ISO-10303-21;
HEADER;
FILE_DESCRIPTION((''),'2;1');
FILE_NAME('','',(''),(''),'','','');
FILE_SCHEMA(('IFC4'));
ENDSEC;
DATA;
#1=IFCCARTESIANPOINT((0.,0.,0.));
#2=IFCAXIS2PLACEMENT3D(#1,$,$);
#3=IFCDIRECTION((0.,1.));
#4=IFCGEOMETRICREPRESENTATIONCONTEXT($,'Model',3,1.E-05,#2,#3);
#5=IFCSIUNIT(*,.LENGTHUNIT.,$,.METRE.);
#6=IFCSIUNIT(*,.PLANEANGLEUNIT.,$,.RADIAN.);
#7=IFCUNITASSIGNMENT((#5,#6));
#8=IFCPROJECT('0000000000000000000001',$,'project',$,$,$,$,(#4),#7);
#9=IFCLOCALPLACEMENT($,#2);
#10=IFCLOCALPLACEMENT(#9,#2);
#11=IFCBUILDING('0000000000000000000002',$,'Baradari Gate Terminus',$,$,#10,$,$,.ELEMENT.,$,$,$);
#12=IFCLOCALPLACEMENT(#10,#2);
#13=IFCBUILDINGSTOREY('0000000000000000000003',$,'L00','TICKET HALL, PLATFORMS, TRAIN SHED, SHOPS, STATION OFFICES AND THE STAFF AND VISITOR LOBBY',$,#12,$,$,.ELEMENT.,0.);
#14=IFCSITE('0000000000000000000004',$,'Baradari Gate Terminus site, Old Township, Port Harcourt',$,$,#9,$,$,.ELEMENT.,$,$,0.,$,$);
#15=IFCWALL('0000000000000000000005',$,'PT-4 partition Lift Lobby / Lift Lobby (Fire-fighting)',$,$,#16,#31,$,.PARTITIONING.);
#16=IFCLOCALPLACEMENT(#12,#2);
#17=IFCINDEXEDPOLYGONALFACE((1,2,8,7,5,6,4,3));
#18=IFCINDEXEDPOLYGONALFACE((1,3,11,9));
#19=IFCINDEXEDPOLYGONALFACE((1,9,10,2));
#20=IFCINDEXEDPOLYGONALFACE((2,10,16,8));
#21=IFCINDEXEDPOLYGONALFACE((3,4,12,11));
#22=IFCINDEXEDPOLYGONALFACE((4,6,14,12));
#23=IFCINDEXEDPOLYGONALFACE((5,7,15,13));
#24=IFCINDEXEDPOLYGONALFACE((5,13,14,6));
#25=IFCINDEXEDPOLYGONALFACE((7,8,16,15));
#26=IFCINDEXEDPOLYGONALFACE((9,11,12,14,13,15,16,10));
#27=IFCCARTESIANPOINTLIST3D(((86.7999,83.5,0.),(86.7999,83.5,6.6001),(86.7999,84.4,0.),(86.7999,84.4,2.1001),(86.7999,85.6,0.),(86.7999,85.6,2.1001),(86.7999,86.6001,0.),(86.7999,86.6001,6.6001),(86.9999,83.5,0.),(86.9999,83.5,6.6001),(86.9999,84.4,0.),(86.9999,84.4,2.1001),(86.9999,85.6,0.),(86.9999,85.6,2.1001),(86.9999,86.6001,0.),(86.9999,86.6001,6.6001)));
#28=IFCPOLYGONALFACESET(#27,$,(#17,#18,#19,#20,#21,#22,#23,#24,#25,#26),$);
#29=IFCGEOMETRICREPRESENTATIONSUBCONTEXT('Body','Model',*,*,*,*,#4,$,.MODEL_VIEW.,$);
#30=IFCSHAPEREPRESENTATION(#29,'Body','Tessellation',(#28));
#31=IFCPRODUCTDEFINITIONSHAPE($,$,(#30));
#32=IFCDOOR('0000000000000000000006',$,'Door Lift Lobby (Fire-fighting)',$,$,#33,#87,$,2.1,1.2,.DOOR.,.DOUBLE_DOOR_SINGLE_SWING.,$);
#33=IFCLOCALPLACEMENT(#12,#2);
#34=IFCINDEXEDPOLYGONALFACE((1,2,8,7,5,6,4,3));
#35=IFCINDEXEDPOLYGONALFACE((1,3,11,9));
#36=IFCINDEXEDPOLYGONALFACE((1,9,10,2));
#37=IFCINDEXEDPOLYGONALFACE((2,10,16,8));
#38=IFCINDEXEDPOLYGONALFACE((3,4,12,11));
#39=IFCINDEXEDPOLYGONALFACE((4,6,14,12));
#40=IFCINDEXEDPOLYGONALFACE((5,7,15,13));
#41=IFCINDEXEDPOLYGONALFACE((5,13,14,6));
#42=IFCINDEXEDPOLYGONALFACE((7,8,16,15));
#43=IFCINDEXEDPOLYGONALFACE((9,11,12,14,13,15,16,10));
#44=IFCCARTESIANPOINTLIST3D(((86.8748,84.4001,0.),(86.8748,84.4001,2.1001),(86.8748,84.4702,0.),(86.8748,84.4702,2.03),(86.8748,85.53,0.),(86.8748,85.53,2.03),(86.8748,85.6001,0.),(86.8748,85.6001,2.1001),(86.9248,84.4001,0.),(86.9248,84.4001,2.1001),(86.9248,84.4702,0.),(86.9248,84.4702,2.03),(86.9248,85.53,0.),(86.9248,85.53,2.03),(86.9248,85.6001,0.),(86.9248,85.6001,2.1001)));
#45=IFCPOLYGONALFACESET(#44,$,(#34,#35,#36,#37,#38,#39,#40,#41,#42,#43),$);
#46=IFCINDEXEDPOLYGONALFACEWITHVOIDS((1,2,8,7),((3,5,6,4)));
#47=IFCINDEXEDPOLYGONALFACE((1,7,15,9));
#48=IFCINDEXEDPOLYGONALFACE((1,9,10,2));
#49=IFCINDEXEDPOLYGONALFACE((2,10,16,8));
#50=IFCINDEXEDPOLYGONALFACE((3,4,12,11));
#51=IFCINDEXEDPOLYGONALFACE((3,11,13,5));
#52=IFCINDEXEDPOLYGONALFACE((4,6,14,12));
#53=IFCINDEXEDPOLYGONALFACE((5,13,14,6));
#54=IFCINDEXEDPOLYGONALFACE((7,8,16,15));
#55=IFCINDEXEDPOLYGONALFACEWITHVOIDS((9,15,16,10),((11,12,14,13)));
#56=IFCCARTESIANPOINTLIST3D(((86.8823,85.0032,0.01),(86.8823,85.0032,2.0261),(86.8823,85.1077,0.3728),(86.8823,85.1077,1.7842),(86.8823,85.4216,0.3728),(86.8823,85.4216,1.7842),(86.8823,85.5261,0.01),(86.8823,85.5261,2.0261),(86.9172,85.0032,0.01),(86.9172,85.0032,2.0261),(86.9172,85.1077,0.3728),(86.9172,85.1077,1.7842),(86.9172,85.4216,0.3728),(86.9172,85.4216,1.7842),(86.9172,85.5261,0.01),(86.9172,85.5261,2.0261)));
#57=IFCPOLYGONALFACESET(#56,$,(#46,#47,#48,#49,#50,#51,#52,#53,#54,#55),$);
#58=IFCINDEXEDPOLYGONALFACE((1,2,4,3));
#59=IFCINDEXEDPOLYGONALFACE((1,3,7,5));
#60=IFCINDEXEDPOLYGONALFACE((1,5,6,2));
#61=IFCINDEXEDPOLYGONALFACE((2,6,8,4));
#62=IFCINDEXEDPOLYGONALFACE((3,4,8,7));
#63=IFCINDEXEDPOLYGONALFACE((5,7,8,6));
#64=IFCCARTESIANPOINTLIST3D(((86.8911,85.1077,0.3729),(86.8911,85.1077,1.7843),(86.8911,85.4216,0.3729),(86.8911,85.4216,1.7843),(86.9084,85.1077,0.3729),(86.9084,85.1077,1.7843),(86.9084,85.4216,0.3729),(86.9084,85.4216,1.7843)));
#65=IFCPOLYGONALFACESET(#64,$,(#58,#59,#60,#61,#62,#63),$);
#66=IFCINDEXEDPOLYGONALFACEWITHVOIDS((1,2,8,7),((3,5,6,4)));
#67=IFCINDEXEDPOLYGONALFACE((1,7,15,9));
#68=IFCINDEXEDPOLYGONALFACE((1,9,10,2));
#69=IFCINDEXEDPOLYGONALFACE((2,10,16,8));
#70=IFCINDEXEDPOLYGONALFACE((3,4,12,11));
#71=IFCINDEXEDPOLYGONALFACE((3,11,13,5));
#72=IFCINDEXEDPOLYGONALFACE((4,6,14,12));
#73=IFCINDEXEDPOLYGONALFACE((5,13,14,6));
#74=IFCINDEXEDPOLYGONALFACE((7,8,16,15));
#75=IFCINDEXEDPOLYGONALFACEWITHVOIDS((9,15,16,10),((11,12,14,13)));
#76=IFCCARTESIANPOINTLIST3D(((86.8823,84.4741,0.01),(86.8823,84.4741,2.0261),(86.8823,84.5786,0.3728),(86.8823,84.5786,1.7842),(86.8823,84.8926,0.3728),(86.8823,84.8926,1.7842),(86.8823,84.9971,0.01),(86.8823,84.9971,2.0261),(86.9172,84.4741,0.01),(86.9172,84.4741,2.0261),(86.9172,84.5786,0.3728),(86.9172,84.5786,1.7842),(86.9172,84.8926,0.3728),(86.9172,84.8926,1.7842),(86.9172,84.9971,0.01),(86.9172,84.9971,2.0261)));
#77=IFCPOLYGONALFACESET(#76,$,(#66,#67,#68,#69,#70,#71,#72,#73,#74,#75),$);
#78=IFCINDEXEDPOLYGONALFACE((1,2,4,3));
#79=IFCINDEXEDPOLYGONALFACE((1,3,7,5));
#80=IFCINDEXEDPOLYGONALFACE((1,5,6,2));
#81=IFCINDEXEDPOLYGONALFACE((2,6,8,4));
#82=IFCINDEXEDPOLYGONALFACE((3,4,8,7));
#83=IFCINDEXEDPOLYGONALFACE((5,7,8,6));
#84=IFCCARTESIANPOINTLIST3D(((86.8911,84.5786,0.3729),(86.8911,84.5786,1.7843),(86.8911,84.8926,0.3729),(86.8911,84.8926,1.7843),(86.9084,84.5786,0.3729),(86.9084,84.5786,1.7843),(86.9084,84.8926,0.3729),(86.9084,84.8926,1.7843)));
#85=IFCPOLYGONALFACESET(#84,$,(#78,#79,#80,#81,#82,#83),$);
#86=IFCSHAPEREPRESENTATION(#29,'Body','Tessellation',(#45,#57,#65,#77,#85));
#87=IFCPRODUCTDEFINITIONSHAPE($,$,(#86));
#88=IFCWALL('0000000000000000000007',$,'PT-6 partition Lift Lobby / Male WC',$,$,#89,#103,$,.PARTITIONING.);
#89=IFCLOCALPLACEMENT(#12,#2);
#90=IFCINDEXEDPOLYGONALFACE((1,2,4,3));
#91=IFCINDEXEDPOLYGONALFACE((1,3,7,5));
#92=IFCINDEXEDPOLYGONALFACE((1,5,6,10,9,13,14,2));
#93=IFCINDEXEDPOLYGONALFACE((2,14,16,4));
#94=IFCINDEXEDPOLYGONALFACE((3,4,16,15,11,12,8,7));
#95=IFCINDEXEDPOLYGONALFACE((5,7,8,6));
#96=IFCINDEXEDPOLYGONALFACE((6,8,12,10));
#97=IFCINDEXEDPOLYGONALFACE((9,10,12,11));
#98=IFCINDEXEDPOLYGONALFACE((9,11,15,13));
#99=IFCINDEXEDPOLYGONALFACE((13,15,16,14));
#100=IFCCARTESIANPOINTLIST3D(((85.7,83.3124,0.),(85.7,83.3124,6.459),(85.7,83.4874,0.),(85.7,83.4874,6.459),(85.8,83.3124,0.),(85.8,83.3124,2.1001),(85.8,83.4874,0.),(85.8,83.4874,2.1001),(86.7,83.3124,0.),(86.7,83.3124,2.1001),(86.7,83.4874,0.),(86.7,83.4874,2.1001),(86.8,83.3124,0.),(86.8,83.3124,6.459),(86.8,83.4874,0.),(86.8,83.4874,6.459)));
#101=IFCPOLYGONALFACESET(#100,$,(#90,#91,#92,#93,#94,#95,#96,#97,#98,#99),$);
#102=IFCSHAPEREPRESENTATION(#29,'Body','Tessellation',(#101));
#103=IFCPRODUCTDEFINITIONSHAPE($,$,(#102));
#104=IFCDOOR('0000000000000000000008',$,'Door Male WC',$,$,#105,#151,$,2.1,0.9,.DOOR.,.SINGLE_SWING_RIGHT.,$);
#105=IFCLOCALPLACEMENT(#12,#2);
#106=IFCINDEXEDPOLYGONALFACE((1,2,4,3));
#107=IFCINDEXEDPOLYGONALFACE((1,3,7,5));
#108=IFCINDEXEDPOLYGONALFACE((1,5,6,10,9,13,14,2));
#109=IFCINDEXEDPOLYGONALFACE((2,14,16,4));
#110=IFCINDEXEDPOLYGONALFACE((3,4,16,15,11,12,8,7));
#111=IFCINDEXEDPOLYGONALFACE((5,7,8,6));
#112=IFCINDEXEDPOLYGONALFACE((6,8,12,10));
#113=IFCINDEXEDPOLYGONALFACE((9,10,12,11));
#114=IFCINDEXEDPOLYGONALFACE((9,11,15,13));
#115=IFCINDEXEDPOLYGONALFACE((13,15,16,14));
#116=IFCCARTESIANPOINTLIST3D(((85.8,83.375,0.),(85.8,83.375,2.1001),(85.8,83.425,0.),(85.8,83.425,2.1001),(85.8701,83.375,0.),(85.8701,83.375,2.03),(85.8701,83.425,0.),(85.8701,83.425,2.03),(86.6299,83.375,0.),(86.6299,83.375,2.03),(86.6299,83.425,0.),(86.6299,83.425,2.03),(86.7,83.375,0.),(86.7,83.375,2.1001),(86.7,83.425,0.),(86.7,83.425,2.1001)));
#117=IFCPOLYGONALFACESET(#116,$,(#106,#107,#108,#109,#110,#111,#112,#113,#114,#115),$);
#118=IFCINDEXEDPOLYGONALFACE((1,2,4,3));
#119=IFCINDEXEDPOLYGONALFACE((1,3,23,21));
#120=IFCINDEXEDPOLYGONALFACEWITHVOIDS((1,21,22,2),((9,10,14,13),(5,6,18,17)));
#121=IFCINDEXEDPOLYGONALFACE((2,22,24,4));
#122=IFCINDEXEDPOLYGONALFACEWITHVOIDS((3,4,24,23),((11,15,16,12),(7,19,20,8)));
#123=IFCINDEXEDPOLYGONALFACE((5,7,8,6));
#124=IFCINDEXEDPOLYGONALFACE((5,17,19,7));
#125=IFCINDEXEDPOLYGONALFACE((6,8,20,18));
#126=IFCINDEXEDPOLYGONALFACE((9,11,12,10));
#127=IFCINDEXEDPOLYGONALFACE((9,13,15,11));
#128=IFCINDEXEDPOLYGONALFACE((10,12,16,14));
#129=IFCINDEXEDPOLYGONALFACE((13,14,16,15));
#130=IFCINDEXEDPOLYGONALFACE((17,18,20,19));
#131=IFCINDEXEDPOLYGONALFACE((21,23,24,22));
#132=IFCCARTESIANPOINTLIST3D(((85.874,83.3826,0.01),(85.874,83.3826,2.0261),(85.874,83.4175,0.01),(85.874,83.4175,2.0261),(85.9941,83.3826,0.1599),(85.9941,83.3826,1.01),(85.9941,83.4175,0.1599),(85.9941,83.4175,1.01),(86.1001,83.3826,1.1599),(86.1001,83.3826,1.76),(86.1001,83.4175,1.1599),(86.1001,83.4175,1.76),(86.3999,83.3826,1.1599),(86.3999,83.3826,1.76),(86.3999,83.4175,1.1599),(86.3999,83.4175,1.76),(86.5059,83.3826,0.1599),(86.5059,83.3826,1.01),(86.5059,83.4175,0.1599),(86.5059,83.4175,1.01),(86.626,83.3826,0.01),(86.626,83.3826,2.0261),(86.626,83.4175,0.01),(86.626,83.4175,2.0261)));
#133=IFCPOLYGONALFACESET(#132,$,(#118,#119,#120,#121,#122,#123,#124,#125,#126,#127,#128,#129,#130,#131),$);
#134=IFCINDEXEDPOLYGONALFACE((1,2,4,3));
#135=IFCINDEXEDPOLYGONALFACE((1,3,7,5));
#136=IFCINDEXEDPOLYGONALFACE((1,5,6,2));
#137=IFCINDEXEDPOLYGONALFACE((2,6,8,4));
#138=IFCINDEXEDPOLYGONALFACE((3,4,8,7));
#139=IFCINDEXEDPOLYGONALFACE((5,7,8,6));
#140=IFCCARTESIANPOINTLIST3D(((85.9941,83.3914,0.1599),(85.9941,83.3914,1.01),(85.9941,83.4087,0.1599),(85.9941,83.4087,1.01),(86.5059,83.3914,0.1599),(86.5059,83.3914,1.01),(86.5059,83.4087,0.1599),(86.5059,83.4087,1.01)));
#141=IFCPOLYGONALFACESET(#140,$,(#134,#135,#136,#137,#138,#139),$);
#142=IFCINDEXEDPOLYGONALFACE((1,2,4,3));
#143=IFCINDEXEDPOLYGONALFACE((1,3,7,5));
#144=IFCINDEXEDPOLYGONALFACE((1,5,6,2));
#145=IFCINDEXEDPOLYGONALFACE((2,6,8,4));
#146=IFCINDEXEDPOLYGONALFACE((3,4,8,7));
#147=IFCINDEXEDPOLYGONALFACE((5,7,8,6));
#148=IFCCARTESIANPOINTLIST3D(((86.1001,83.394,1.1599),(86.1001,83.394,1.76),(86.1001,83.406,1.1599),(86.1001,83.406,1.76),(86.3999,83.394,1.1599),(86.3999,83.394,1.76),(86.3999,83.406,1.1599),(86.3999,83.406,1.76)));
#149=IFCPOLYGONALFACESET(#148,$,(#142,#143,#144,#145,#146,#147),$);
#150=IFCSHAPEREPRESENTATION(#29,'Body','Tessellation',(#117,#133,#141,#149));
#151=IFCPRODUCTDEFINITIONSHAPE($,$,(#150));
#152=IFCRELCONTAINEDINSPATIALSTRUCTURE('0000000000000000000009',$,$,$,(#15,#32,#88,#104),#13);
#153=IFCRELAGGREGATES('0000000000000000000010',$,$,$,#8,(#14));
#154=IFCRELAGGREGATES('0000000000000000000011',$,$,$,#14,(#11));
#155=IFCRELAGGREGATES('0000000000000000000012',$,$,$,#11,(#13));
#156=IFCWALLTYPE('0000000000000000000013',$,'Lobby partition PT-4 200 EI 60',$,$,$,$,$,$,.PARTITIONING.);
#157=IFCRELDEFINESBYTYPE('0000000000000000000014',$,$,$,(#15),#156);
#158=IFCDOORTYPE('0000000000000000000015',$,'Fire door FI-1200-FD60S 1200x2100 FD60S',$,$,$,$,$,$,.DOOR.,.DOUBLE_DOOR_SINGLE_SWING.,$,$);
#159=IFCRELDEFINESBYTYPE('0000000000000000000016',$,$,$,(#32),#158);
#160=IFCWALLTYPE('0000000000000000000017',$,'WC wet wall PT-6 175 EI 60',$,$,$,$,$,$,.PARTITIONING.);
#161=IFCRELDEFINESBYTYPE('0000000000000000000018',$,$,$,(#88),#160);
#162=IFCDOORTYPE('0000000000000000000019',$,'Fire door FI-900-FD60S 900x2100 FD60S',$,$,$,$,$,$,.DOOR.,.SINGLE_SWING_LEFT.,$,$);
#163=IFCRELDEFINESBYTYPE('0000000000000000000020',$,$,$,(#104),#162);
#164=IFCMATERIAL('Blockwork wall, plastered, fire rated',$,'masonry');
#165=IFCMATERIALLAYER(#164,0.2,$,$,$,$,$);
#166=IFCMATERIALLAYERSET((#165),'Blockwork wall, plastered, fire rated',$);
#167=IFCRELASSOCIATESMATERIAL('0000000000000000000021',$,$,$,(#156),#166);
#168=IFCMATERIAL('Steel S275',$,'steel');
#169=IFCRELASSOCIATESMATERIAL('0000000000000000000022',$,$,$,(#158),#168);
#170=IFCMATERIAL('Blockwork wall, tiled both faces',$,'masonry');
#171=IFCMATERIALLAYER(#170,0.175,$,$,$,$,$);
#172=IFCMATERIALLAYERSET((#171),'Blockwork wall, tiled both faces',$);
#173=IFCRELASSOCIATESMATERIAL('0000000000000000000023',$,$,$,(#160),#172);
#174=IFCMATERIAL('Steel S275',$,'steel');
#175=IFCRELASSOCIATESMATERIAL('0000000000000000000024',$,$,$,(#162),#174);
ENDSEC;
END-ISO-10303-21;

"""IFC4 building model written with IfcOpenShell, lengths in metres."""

from ifc_helpers import new_model, si_unit, direction, frame, frame_2d, origin, place, context, subcontext, project, spatial, polyline, rectangle, outline, extrude, material, layer, layer_set, type_object, element, fill, save


model = new_model("IFC4")

# Units and contexts
model_context = context("Model", 3, precision=1e-05, world=origin(), true_north=direction((0.0, 1.0)))
body_context = subcontext(model_context, "Body", "Model", "MODEL_VIEW")
ifc_project = project(units=[si_unit("LENGTHUNIT", "METRE"), si_unit("PLANEANGLEUNIT", "RADIAN")], contexts=[model_context])

# Site, building, storey
site_placement = place(None, origin())
site = spatial("IfcSite", under=ifc_project, at=site_placement, Name="Baradari Gate Terminus site, Old Township, Port Harcourt", CompositionType="ELEMENT", RefElevation=0.0)
building_placement = place(site_placement, origin())
building = spatial("IfcBuilding", under=site, at=building_placement, Name="Baradari Gate Terminus", CompositionType="ELEMENT")
storey_placement = place(building_placement, origin())
storey = spatial("IfcBuildingStorey", under=building, at=storey_placement, Name="L00", Description="TICKET HALL, PLATFORMS, TRAIN SHED, SHOPS, STATION OFFICES AND THE STAFF AND VISITOR LOBBY", CompositionType="ELEMENT", Elevation=0.0)

# Walls, openings, doors
ifc_material_1 = material(Name="Blockwork wall, plastered, fire rated", Category="masonry")
ifc_layer_1 = layer(ifc_material_1, 0.2)
ifc_layer_set_1 = layer_set([ifc_layer_1], Name="Blockwork wall, plastered, fire rated")
wall_type_1 = type_object("IfcWallType", Name="Lobby partition PT-4 200 EI 60", PredefinedType="PARTITIONING", material=ifc_layer_set_1)
wall_1_placement = place(storey_placement, frame((86.8999, 86.6001, 0.0), z_axis=(0.0, 0.0, 1.0), x_axis=(0.0, -1.0, 0.0)))
wall_1 = element("IfcWall", 1, at=wall_1_placement, inside=storey, type_object=wall_type_1, Name="PT-4 partition Lift Lobby / Lift Lobby (Fire-fighting)", PredefinedType="PARTITIONING", context=body_context, shape_type="SweptSolid", body=[
    extrude(rectangle(XDim=3.1001, YDim=0.2, at=frame_2d((1.55, 0.0))), origin(), (0.0, 0.0, 1.0), 6.6001),
])
opening_1_placement = place(wall_1_placement, frame((1.0, 0.0, 0.0)))
opening_1 = element("IfcOpeningElement", 2, at=opening_1_placement, cuts=wall_1, PredefinedType="OPENING", context=body_context, shape_type="SweptSolid", body=[
    extrude(rectangle(XDim=1.2, YDim=2.1001, at=frame_2d((0.6001, 1.05))), frame((0.0, 0.1099, 0.0), z_axis=(0.0, -1.0, 0.0), x_axis=(1.0, 0.0, 0.0)), (0.0, 0.0, 1.0), 0.22),
])
ifc_material_2 = material(Name="Steel S275", Category="steel")
door_type_1 = type_object("IfcDoorType", Name="Fire door FI-1200-FD60S 1200x2100 FD60S", OperationType="DOUBLE_DOOR_SINGLE_SWING", PredefinedType="DOOR", material=ifc_material_2)
door_1_placement = place(opening_1_placement, origin())
door_1 = element("IfcDoor", 3, at=door_1_placement, inside=storey, type_object=door_type_1, Name="Door Lift Lobby (Fire-fighting)", OperationType="DOUBLE_DOOR_SINGLE_SWING", OverallHeight=2.1, OverallWidth=1.2, PredefinedType="DOOR", context=body_context, shape_type="SweptSolid", body=[
    extrude(outline(polyline([(0.0, 0.0), (0.0701, 0.0), (0.0701, 2.03), (1.1299, 2.03), (1.1299, 0.0), (1.2, 0.0), (1.2, 2.1001), (0.0, 2.1001), (0.0, 0.0)])), frame((0.0, 0.0249, 0.0), z_axis=(0.0, -1.0, 0.0), x_axis=(1.0, 0.0, 0.0)), (0.0, 0.0, 1.0), 0.05),
    extrude(outline(polyline([(0.074, 0.01), (0.5969, 0.01), (0.5969, 2.0261), (0.074, 2.0261), (0.074, 0.01)]), holes=[polyline([(0.1785, 0.3728), (0.4924, 0.3728), (0.4924, 1.7842), (0.1785, 1.7842), (0.1785, 0.3728)])]), frame((0.0, 0.0173, 0.0), z_axis=(0.0, -1.0, 0.0), x_axis=(1.0, 0.0, 0.0)), (0.0, 0.0, 1.0), 0.0349),
    extrude(rectangle(XDim=0.314, YDim=1.4114, at=frame_2d((0.3354, 1.0786))), frame((0.0, 0.0085, 0.0), z_axis=(0.0, -1.0, 0.0), x_axis=(1.0, 0.0, 0.0)), (0.0, 0.0, 1.0), 0.0173),
    extrude(outline(polyline([(0.603, 0.01), (1.126, 0.01), (1.126, 2.0261), (0.603, 2.0261), (0.603, 0.01)]), holes=[polyline([(0.7075, 0.3728), (1.0215, 0.3728), (1.0215, 1.7842), (0.7075, 1.7842), (0.7075, 0.3728)])]), frame((0.0, 0.0173, 0.0), z_axis=(0.0, -1.0, 0.0), x_axis=(1.0, 0.0, 0.0)), (0.0, 0.0, 1.0), 0.0349),
    extrude(rectangle(XDim=0.314, YDim=1.4114, at=frame_2d((0.8645, 1.0786))), frame((0.0, 0.0085, 0.0), z_axis=(0.0, -1.0, 0.0), x_axis=(1.0, 0.0, 0.0)), (0.0, 0.0, 1.0), 0.0173),
])
fill(opening_1, door_1)
ifc_material_3 = material(Name="Blockwork wall, tiled both faces", Category="masonry")
ifc_layer_2 = layer(ifc_material_3, 0.175)
ifc_layer_set_2 = layer_set([ifc_layer_2], Name="Blockwork wall, tiled both faces")
wall_type_2 = type_object("IfcWallType", Name="WC wet wall PT-6 175 EI 60", PredefinedType="PARTITIONING", material=ifc_layer_set_2)
wall_2_placement = place(storey_placement, frame((86.8, 83.3999, 0.0), z_axis=(0.0, 0.0, 1.0), x_axis=(-1.0, 0.0, 0.0)))
wall_2 = element("IfcWall", 4, at=wall_2_placement, inside=storey, type_object=wall_type_2, Name="PT-6 partition Lift Lobby / Male WC", PredefinedType="PARTITIONING", context=body_context, shape_type="SweptSolid", body=[
    extrude(rectangle(XDim=1.1001, YDim=0.175, at=frame_2d((0.55, 0.0))), origin(), (0.0, 0.0, 1.0), 6.459),
])
opening_2_placement = place(wall_2_placement, frame((0.1001, 0.0, 0.0)))
opening_2 = element("IfcOpeningElement", 5, at=opening_2_placement, cuts=wall_2, PredefinedType="OPENING", context=body_context, shape_type="SweptSolid", body=[
    extrude(rectangle(XDim=0.8999, YDim=2.1001, at=frame_2d((0.45, 1.05))), frame((0.0, 0.0974, 0.0), z_axis=(0.0, -1.0, 0.0), x_axis=(1.0, 0.0, 0.0)), (0.0, 0.0, 1.0), 0.1951),
])
ifc_material_4 = material(Name="Steel S275", Category="steel")
door_type_2 = type_object("IfcDoorType", Name="Fire door FI-900-FD60S 900x2100 FD60S", OperationType="SINGLE_SWING_LEFT", PredefinedType="DOOR", material=ifc_material_4)
door_2_placement = place(opening_2_placement, origin())
door_2 = element("IfcDoor", 6, at=door_2_placement, inside=storey, type_object=door_type_2, Name="Door Male WC", OperationType="SINGLE_SWING_RIGHT", OverallHeight=2.1, OverallWidth=0.9, PredefinedType="DOOR", context=body_context, shape_type="SweptSolid", body=[
    extrude(outline(polyline([(0.0, 0.0), (0.0701, 0.0), (0.0701, 2.03), (0.8298, 2.03), (0.8298, 0.0), (0.8999, 0.0), (0.8999, 2.1001), (0.0, 2.1001), (0.0, 0.0)])), frame((0.0, 0.0249, 0.0), z_axis=(0.0, -1.0, 0.0), x_axis=(1.0, 0.0, 0.0)), (0.0, 0.0, 1.0), 0.05),
    extrude(outline(polyline([(0.074, 0.01), (0.8259, 0.01), (0.8259, 2.0261), (0.074, 2.0261), (0.074, 0.01)]), holes=[polyline([(0.1941, 0.1599), (0.7058, 0.1599), (0.7058, 1.01), (0.1941, 1.01), (0.1941, 0.1599)]), polyline([(0.3, 1.1599), (0.5999, 1.1599), (0.5999, 1.76), (0.3, 1.76), (0.3, 1.1599)])]), frame((0.0, 0.0173, 0.0), z_axis=(0.0, -1.0, 0.0), x_axis=(1.0, 0.0, 0.0)), (0.0, 0.0, 1.0), 0.0349),
    extrude(rectangle(XDim=0.5117, YDim=0.8501, at=frame_2d((0.45, 0.585))), frame((0.0, 0.0085, 0.0), z_axis=(0.0, -1.0, 0.0), x_axis=(1.0, 0.0, 0.0)), (0.0, 0.0, 1.0), 0.0173),
    extrude(rectangle(XDim=0.2998, YDim=0.6001, at=frame_2d((0.45, 1.46))), frame((0.0, 0.0059, 0.0), z_axis=(0.0, -1.0, 0.0), x_axis=(1.0, 0.0, 0.0)), (0.0, 0.0, 1.0), 0.012),
])
fill(opening_2, door_2)

save(model, "model.ifc")
